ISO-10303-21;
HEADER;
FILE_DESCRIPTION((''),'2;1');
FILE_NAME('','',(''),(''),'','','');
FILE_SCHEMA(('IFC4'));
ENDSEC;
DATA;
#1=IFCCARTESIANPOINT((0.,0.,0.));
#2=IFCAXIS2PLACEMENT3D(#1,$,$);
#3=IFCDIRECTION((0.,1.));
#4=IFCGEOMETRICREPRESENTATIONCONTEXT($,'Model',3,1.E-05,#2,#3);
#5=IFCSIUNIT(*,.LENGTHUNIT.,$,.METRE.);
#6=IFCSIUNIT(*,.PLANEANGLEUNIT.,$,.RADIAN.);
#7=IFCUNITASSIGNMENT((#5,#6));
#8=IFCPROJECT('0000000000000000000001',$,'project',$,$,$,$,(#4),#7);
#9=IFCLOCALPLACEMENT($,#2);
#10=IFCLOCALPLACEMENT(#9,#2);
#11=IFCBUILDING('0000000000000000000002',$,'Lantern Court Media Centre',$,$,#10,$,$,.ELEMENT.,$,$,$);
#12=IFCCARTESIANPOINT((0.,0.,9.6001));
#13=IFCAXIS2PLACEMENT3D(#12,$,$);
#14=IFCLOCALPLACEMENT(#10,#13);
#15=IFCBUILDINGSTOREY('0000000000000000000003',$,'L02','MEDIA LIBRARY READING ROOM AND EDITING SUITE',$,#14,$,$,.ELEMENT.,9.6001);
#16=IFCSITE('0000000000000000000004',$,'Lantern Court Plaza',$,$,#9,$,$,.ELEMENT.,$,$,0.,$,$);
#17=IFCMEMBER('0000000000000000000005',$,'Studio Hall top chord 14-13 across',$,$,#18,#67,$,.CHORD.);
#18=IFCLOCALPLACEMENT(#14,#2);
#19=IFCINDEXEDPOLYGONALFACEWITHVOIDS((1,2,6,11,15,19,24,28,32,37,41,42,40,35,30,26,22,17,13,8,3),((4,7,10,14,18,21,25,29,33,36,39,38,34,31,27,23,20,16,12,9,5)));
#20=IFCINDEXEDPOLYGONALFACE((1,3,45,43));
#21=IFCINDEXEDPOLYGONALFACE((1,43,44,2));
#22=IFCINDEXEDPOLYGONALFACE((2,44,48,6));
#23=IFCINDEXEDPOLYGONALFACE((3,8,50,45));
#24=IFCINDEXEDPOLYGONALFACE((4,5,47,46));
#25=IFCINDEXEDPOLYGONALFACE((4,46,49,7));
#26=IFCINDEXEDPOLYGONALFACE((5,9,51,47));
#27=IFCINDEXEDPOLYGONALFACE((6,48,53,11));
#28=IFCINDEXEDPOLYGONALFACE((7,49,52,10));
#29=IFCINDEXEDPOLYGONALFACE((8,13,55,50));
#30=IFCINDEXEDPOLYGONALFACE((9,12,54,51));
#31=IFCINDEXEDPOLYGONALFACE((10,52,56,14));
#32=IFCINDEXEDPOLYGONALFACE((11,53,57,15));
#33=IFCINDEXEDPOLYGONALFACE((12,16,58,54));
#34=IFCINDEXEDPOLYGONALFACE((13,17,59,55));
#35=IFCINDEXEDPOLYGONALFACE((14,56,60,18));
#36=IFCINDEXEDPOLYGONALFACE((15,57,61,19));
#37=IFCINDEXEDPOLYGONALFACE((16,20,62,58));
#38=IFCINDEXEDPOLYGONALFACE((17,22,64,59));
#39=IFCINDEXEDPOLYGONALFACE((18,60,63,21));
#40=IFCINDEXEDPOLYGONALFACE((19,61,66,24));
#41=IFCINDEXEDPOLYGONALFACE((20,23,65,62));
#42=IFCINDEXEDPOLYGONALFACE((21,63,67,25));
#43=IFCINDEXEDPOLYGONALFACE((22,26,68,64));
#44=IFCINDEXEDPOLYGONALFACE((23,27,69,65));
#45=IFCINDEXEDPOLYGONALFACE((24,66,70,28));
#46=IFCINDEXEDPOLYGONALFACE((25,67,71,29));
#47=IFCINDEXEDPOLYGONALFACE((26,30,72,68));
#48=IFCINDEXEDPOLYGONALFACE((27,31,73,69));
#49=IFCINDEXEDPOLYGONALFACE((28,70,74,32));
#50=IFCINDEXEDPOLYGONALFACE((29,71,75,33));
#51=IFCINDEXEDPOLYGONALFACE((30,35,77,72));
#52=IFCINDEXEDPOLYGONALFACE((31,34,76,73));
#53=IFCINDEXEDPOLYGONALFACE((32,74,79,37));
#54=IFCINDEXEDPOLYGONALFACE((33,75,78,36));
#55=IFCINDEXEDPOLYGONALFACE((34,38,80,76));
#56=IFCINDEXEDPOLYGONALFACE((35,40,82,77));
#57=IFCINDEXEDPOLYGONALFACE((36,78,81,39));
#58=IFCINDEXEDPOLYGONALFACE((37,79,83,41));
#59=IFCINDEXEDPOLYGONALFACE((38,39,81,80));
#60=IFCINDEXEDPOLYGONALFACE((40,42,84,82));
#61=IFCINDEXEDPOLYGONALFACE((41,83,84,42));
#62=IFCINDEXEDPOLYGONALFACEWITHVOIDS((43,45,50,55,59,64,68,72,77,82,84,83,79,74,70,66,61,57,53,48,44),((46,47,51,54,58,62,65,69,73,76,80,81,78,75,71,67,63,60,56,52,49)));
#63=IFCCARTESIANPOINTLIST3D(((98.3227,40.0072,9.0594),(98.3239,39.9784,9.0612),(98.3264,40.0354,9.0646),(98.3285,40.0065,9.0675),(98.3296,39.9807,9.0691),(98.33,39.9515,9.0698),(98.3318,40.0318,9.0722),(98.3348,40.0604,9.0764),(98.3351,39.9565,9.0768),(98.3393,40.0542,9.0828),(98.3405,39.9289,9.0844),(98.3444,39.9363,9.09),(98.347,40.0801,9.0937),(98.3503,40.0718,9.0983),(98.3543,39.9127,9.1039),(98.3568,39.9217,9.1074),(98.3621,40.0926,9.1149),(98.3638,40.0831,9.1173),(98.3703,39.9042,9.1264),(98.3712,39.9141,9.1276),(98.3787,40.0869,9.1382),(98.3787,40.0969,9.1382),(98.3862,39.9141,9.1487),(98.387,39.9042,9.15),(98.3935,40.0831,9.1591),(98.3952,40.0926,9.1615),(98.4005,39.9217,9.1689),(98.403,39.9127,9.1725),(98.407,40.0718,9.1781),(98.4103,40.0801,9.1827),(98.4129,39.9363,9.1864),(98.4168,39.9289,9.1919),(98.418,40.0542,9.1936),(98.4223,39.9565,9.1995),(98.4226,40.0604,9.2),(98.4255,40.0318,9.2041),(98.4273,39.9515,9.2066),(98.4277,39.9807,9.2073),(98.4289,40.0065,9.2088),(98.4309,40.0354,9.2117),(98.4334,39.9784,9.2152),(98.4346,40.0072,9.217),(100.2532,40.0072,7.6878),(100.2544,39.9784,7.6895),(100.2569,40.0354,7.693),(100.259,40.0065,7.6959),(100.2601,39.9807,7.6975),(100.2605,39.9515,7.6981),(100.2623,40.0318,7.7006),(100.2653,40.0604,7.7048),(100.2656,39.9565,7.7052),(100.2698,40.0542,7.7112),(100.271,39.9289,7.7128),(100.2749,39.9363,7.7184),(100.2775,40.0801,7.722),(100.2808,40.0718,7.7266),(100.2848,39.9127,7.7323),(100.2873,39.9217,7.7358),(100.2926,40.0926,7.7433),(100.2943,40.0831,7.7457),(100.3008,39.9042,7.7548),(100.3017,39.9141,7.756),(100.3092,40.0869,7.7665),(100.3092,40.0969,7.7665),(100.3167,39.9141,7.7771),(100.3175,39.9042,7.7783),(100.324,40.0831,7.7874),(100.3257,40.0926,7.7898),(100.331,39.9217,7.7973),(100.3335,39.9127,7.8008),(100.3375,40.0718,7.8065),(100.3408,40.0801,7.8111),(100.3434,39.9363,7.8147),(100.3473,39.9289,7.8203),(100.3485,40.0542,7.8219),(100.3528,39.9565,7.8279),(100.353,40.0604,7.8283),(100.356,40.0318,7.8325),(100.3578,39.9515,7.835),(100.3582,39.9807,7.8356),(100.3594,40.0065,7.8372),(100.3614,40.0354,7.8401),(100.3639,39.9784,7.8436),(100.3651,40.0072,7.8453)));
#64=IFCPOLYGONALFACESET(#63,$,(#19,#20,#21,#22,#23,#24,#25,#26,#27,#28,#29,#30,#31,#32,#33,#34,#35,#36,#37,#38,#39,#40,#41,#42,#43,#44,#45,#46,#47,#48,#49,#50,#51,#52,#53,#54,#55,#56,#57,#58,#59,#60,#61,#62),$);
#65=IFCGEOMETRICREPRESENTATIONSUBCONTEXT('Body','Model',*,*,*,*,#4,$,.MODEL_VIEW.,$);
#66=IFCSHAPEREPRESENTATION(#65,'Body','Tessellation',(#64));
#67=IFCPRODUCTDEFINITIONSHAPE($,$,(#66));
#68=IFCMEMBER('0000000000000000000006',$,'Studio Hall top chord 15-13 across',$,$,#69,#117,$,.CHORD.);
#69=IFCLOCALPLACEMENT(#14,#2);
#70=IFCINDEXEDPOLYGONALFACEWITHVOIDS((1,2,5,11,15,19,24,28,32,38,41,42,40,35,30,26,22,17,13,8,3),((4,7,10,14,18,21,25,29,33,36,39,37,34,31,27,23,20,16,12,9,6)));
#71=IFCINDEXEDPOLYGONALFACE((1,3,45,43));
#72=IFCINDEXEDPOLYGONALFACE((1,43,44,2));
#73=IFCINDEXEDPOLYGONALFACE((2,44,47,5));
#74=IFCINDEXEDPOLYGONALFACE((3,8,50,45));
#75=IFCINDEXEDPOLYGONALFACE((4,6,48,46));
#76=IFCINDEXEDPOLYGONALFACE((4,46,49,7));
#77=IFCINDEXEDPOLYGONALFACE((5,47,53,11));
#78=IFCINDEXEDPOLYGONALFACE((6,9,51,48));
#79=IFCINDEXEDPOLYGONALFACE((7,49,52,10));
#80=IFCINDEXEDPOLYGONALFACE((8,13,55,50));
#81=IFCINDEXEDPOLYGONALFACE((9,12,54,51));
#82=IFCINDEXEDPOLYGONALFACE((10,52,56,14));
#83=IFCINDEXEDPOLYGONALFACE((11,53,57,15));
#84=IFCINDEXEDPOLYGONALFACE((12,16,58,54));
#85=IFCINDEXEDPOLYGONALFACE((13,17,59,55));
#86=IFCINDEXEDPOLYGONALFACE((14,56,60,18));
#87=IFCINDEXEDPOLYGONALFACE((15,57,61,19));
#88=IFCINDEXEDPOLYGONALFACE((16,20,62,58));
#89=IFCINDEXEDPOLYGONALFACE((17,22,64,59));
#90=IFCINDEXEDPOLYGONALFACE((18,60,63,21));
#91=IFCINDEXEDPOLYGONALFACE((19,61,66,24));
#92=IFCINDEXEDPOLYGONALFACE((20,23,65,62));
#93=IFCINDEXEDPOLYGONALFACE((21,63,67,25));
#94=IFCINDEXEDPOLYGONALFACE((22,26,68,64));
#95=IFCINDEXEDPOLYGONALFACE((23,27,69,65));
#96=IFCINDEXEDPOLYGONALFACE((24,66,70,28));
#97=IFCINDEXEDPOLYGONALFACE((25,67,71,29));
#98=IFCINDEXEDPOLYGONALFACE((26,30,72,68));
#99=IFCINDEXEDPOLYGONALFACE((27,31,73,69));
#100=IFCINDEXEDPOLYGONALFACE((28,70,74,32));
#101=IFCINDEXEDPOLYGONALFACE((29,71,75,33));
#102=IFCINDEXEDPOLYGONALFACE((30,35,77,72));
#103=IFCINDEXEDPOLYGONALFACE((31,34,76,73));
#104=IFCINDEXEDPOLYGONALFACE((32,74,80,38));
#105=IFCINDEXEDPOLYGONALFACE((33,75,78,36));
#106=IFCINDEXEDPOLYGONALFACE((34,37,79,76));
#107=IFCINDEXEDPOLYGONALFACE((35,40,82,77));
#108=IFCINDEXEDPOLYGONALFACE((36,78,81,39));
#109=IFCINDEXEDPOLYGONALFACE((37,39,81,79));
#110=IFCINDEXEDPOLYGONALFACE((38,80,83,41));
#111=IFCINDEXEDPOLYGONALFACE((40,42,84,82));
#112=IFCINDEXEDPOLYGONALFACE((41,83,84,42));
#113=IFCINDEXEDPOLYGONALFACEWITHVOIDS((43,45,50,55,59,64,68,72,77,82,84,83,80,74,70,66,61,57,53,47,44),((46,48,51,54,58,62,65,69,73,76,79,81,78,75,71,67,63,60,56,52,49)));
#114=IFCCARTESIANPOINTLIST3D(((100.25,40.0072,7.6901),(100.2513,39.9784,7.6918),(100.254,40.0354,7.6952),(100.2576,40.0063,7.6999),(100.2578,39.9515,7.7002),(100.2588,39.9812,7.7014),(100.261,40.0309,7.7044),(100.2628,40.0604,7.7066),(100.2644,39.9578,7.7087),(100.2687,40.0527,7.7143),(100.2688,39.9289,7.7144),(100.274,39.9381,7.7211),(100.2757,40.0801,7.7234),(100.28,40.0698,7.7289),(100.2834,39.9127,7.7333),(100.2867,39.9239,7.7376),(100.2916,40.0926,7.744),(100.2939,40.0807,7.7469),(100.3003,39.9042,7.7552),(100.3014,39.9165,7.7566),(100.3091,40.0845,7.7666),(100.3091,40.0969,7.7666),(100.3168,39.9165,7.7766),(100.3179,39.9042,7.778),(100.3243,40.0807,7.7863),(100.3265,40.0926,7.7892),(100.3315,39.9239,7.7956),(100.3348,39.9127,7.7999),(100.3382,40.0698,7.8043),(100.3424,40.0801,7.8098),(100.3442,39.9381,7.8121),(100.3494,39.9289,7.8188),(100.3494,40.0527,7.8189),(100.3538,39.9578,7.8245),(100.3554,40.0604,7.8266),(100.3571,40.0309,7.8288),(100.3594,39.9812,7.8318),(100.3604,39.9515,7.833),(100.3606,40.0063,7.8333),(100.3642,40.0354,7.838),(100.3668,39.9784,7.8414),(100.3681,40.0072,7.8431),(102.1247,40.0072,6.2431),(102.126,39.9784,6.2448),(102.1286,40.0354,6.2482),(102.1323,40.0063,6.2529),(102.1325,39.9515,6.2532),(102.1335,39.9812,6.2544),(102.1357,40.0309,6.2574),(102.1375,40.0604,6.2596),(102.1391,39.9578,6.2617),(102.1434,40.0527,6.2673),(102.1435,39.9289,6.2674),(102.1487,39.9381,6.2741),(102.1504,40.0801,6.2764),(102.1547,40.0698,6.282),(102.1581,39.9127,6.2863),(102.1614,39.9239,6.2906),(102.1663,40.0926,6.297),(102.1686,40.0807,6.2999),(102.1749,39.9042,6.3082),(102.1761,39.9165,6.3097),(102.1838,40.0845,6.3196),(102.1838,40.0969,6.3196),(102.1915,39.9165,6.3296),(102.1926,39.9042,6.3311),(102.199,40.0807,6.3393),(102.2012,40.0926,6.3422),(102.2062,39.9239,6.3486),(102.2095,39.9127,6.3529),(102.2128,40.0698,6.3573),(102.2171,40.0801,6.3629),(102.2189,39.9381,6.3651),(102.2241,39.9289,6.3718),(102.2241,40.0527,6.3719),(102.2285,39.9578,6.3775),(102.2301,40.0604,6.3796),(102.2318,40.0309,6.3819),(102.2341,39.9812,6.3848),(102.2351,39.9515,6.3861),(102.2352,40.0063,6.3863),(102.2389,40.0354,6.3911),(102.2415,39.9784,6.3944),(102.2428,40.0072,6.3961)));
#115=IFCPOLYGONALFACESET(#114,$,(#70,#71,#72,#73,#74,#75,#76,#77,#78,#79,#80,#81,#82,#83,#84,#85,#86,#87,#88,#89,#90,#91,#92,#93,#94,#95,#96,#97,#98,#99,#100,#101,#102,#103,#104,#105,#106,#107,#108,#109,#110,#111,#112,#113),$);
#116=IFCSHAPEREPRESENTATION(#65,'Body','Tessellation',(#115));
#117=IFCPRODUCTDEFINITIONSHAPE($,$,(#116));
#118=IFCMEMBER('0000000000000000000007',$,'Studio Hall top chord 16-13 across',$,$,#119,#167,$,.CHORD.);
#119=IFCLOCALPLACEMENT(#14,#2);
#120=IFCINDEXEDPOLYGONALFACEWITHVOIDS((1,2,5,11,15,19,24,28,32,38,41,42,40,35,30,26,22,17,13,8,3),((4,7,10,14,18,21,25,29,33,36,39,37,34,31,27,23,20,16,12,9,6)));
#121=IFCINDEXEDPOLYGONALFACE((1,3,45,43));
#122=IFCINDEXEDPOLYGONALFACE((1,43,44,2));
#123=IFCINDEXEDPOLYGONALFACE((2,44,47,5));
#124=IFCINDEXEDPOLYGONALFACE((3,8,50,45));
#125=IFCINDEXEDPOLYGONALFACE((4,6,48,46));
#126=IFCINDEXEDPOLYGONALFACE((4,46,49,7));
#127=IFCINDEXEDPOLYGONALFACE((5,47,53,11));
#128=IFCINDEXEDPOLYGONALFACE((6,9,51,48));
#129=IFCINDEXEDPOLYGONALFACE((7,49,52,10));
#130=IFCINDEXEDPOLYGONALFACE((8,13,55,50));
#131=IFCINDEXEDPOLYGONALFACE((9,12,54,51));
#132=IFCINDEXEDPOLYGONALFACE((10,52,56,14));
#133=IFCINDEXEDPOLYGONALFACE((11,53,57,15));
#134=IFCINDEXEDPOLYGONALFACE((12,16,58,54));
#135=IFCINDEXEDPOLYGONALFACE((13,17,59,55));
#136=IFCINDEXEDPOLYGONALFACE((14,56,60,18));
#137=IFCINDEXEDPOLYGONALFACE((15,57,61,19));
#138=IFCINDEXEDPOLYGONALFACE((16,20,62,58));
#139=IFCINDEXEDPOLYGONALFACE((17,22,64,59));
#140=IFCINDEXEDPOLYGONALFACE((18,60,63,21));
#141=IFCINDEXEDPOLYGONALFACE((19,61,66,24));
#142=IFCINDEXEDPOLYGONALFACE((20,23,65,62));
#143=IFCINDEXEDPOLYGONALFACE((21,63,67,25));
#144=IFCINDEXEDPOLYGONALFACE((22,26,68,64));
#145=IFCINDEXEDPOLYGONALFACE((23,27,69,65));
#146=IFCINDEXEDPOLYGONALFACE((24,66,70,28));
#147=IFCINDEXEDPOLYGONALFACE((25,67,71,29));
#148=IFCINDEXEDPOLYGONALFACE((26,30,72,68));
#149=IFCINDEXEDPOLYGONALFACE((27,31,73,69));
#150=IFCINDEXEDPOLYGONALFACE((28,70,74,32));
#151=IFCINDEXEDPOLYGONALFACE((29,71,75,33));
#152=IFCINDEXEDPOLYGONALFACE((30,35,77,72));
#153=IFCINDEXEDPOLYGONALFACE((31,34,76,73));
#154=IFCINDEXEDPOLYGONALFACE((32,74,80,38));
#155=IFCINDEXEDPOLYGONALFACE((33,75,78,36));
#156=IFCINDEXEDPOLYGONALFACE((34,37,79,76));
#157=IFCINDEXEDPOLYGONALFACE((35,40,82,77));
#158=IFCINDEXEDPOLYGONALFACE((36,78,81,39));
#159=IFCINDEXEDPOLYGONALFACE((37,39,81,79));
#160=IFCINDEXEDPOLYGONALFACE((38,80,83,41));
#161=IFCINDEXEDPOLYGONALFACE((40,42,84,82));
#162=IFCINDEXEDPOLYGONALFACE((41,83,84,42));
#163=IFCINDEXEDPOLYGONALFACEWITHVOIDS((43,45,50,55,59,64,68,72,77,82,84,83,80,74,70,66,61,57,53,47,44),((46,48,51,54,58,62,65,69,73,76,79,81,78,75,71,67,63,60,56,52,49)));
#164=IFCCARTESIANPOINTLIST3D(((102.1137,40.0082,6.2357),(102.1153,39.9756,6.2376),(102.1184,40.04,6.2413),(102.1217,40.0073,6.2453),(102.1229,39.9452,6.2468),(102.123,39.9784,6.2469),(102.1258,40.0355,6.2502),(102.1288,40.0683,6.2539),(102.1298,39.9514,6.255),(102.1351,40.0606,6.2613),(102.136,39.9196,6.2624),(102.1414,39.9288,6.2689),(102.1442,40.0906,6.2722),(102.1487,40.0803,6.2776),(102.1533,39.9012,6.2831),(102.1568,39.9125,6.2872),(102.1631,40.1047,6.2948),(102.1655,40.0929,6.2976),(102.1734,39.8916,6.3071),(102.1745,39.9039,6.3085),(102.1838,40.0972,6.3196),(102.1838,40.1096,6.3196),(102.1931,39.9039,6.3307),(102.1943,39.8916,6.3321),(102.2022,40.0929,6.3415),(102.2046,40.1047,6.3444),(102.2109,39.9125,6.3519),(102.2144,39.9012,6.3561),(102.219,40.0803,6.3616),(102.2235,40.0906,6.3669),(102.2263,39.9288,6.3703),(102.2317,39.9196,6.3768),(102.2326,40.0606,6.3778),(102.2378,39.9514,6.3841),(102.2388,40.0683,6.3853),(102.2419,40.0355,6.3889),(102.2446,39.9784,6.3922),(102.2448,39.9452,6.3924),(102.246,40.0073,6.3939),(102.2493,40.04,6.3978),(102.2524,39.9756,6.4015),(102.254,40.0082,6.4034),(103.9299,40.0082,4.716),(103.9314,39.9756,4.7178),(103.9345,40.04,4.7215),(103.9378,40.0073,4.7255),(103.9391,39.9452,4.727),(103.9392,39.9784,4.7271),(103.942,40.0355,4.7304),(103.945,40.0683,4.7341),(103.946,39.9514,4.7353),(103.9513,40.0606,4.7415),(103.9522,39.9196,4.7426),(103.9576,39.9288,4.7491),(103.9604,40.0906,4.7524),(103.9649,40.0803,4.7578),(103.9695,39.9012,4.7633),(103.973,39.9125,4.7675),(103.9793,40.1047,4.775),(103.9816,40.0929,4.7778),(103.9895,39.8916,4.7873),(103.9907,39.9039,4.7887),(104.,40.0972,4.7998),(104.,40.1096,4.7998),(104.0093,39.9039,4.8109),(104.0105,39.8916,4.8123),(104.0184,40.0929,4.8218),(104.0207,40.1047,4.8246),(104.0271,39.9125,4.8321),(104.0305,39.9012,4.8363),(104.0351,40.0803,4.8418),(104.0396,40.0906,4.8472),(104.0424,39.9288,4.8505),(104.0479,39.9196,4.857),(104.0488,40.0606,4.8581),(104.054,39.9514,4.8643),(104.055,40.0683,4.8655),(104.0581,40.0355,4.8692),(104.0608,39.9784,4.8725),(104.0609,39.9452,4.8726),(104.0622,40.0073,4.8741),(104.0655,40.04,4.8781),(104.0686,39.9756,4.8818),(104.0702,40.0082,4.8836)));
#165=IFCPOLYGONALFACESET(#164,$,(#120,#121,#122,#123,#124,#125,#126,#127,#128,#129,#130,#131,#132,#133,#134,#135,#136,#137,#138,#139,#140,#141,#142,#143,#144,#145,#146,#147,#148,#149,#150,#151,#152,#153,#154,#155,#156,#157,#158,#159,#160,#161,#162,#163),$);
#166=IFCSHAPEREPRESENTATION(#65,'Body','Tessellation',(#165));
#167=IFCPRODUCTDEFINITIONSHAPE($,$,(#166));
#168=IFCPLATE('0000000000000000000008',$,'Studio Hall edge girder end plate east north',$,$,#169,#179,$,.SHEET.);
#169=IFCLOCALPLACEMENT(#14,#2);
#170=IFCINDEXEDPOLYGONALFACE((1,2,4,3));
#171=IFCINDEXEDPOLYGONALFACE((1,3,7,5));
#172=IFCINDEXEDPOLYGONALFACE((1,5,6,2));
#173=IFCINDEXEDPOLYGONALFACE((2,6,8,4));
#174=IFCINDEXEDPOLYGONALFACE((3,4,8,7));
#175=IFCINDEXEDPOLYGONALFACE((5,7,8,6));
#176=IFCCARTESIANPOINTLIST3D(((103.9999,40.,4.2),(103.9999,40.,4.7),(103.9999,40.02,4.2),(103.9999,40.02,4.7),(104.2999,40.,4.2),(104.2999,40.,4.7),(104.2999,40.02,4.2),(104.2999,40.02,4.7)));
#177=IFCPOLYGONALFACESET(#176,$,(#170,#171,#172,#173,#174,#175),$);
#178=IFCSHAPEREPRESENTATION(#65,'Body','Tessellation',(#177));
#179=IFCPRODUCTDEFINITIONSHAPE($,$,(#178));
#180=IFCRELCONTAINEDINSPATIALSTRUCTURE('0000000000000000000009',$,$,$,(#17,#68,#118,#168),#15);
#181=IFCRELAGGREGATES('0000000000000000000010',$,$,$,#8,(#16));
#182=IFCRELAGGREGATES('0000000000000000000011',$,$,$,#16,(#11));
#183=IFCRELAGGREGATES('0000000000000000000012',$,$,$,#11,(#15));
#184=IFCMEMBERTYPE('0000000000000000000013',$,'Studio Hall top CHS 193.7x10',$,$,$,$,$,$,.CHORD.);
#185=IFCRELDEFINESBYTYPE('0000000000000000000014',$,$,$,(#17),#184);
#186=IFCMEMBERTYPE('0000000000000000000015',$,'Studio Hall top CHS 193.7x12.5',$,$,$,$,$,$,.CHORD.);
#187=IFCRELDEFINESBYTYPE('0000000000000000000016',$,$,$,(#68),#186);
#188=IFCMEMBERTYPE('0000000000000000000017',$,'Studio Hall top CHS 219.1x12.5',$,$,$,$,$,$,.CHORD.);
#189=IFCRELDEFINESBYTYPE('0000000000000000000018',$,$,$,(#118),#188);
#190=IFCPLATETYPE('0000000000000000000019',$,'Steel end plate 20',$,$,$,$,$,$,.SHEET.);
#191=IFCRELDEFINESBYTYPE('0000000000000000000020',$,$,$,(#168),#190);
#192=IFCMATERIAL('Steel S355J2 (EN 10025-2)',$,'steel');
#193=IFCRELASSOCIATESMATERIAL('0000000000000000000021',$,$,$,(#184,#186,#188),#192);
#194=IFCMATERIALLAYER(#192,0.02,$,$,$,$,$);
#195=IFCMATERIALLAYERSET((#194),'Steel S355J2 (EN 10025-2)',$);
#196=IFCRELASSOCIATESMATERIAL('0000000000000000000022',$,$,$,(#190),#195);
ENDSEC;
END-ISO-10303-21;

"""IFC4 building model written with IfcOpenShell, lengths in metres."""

from ifc_helpers import new_model, si_unit, direction, frame, origin, origin_2d, place, context, subcontext, project, spatial, rectangle, hollow_circle, extrude, material, layer, layer_set, material_profile, profile_set, type_object, element, save


model = new_model("IFC4")

# Units and contexts
model_context = context("Model", 3, precision=1e-05, world=origin(), true_north=direction((0.0, 1.0)))
body_context = subcontext(model_context, "Body", "Model", "MODEL_VIEW")
ifc_project = project(units=[si_unit("LENGTHUNIT", "METRE"), si_unit("PLANEANGLEUNIT", "RADIAN")], contexts=[model_context])

# Site, building, storey
site_placement = place(None, origin())
site = spatial("IfcSite", under=ifc_project, at=site_placement, Name="Lantern Court Plaza", CompositionType="ELEMENT", RefElevation=0.0)
building_placement = place(site_placement, origin())
building = spatial("IfcBuilding", under=site, at=building_placement, Name="Lantern Court Media Centre", CompositionType="ELEMENT")
storey_placement = place(building_placement, frame((0.0, 0.0, 9.6001)))
storey = spatial("IfcBuildingStorey", under=building, at=storey_placement, Name="L02", Description="MEDIA LIBRARY READING ROOM AND EDITING SUITE", CompositionType="ELEMENT", Elevation=9.6001)

# Shared definitions
ifc_material_1 = material(Name="Steel S355J2 (EN 10025-2)", Category="steel")

# Members
ifc_material_profile_1 = material_profile(ifc_material_1, hollow_circle(Radius=0.0969, WallThickness=0.01, at=origin_2d()), Name="Studio Hall top CHS 193.7x10")
ifc_profile_set_1 = profile_set([ifc_material_profile_1], Name="Steel S355J2 (EN 10025-2)")
member_type_1 = type_object("IfcMemberType", Name="Studio Hall top CHS 193.7x10", PredefinedType="CHORD", material=ifc_profile_set_1)
member_1_placement = place(storey_placement, frame((98.3787, 40.0, 9.1382), z_axis=(0.815187, 0.0, -0.579198), x_axis=(0.0, 1.0, 0.0)))
element("IfcMember", 1, at=member_1_placement, inside=storey, type_object=member_type_1, Name="Studio Hall top chord 14-13 across", PredefinedType="CHORD", context=body_context, shape_type="SweptSolid", body=[
    extrude(hollow_circle(Radius=0.0969, WallThickness=0.01, at=origin_2d()), origin(), (0.0, 0.0, 1.0), 2.3682),
])
ifc_material_profile_2 = material_profile(ifc_material_1, hollow_circle(Radius=0.0969, WallThickness=0.0125, at=origin_2d()), Name="Studio Hall top CHS 193.7x12.5")
ifc_profile_set_2 = profile_set([ifc_material_profile_2], Name="Steel S355J2 (EN 10025-2)")
member_type_2 = type_object("IfcMemberType", Name="Studio Hall top CHS 193.7x12.5", PredefinedType="CHORD", material=ifc_profile_set_2)
member_2_placement = place(storey_placement, frame((100.3091, 40.0, 7.7666), z_axis=(0.791623, 0.0, -0.61101), x_axis=(0.0, 1.0, 0.0)))
element("IfcMember", 2, at=member_2_placement, inside=storey, type_object=member_type_2, Name="Studio Hall top chord 15-13 across", PredefinedType="CHORD", context=body_context, shape_type="SweptSolid", body=[
    extrude(hollow_circle(Radius=0.0969, WallThickness=0.0125, at=origin_2d()), origin(), (0.0, 0.0, 1.0), 2.3682),
])
ifc_material_profile_3 = material_profile(ifc_material_1, hollow_circle(Radius=0.1096, WallThickness=0.0125, at=origin_2d()), Name="Studio Hall top CHS 219.1x12.5")
ifc_profile_set_3 = profile_set([ifc_material_profile_3], Name="Steel S355J2 (EN 10025-2)")
member_type_3 = type_object("IfcMemberType", Name="Studio Hall top CHS 219.1x12.5", PredefinedType="CHORD", material=ifc_profile_set_3)
member_3_placement = place(storey_placement, frame((102.1838, 40.0, 6.3196), z_axis=(0.76691, 0.0, -0.641755), x_axis=(0.0, 1.0, 0.0)))
element("IfcMember", 3, at=member_3_placement, inside=storey, type_object=member_type_3, Name="Studio Hall top chord 16-13 across", PredefinedType="CHORD", context=body_context, shape_type="SweptSolid", body=[
    extrude(hollow_circle(Radius=0.1096, WallThickness=0.0125, at=origin_2d()), origin(), (0.0, 0.0, 1.0), 2.3682),
])

# Plate
ifc_layer_1 = layer(ifc_material_1, 0.02)
ifc_layer_set_1 = layer_set([ifc_layer_1], Name="Steel S355J2 (EN 10025-2)")
plate_type = type_object("IfcPlateType", Name="Steel end plate 20", PredefinedType="SHEET", material=ifc_layer_set_1)
plate_placement = place(storey_placement, frame((104.1499, 40.01, 4.2), z_axis=(0.0, 0.0, 1.0), x_axis=(1.0, 0.0, 0.0)))
element("IfcPlate", 4, at=plate_placement, inside=storey, type_object=plate_type, Name="Studio Hall edge girder end plate east north", PredefinedType="SHEET", context=body_context, shape_type="SweptSolid", body=[
    extrude(rectangle(XDim=0.3, YDim=0.02, at=origin_2d()), origin(), (0.0, 0.0, 1.0), 0.5),
])

save(model, "model.ifc")
